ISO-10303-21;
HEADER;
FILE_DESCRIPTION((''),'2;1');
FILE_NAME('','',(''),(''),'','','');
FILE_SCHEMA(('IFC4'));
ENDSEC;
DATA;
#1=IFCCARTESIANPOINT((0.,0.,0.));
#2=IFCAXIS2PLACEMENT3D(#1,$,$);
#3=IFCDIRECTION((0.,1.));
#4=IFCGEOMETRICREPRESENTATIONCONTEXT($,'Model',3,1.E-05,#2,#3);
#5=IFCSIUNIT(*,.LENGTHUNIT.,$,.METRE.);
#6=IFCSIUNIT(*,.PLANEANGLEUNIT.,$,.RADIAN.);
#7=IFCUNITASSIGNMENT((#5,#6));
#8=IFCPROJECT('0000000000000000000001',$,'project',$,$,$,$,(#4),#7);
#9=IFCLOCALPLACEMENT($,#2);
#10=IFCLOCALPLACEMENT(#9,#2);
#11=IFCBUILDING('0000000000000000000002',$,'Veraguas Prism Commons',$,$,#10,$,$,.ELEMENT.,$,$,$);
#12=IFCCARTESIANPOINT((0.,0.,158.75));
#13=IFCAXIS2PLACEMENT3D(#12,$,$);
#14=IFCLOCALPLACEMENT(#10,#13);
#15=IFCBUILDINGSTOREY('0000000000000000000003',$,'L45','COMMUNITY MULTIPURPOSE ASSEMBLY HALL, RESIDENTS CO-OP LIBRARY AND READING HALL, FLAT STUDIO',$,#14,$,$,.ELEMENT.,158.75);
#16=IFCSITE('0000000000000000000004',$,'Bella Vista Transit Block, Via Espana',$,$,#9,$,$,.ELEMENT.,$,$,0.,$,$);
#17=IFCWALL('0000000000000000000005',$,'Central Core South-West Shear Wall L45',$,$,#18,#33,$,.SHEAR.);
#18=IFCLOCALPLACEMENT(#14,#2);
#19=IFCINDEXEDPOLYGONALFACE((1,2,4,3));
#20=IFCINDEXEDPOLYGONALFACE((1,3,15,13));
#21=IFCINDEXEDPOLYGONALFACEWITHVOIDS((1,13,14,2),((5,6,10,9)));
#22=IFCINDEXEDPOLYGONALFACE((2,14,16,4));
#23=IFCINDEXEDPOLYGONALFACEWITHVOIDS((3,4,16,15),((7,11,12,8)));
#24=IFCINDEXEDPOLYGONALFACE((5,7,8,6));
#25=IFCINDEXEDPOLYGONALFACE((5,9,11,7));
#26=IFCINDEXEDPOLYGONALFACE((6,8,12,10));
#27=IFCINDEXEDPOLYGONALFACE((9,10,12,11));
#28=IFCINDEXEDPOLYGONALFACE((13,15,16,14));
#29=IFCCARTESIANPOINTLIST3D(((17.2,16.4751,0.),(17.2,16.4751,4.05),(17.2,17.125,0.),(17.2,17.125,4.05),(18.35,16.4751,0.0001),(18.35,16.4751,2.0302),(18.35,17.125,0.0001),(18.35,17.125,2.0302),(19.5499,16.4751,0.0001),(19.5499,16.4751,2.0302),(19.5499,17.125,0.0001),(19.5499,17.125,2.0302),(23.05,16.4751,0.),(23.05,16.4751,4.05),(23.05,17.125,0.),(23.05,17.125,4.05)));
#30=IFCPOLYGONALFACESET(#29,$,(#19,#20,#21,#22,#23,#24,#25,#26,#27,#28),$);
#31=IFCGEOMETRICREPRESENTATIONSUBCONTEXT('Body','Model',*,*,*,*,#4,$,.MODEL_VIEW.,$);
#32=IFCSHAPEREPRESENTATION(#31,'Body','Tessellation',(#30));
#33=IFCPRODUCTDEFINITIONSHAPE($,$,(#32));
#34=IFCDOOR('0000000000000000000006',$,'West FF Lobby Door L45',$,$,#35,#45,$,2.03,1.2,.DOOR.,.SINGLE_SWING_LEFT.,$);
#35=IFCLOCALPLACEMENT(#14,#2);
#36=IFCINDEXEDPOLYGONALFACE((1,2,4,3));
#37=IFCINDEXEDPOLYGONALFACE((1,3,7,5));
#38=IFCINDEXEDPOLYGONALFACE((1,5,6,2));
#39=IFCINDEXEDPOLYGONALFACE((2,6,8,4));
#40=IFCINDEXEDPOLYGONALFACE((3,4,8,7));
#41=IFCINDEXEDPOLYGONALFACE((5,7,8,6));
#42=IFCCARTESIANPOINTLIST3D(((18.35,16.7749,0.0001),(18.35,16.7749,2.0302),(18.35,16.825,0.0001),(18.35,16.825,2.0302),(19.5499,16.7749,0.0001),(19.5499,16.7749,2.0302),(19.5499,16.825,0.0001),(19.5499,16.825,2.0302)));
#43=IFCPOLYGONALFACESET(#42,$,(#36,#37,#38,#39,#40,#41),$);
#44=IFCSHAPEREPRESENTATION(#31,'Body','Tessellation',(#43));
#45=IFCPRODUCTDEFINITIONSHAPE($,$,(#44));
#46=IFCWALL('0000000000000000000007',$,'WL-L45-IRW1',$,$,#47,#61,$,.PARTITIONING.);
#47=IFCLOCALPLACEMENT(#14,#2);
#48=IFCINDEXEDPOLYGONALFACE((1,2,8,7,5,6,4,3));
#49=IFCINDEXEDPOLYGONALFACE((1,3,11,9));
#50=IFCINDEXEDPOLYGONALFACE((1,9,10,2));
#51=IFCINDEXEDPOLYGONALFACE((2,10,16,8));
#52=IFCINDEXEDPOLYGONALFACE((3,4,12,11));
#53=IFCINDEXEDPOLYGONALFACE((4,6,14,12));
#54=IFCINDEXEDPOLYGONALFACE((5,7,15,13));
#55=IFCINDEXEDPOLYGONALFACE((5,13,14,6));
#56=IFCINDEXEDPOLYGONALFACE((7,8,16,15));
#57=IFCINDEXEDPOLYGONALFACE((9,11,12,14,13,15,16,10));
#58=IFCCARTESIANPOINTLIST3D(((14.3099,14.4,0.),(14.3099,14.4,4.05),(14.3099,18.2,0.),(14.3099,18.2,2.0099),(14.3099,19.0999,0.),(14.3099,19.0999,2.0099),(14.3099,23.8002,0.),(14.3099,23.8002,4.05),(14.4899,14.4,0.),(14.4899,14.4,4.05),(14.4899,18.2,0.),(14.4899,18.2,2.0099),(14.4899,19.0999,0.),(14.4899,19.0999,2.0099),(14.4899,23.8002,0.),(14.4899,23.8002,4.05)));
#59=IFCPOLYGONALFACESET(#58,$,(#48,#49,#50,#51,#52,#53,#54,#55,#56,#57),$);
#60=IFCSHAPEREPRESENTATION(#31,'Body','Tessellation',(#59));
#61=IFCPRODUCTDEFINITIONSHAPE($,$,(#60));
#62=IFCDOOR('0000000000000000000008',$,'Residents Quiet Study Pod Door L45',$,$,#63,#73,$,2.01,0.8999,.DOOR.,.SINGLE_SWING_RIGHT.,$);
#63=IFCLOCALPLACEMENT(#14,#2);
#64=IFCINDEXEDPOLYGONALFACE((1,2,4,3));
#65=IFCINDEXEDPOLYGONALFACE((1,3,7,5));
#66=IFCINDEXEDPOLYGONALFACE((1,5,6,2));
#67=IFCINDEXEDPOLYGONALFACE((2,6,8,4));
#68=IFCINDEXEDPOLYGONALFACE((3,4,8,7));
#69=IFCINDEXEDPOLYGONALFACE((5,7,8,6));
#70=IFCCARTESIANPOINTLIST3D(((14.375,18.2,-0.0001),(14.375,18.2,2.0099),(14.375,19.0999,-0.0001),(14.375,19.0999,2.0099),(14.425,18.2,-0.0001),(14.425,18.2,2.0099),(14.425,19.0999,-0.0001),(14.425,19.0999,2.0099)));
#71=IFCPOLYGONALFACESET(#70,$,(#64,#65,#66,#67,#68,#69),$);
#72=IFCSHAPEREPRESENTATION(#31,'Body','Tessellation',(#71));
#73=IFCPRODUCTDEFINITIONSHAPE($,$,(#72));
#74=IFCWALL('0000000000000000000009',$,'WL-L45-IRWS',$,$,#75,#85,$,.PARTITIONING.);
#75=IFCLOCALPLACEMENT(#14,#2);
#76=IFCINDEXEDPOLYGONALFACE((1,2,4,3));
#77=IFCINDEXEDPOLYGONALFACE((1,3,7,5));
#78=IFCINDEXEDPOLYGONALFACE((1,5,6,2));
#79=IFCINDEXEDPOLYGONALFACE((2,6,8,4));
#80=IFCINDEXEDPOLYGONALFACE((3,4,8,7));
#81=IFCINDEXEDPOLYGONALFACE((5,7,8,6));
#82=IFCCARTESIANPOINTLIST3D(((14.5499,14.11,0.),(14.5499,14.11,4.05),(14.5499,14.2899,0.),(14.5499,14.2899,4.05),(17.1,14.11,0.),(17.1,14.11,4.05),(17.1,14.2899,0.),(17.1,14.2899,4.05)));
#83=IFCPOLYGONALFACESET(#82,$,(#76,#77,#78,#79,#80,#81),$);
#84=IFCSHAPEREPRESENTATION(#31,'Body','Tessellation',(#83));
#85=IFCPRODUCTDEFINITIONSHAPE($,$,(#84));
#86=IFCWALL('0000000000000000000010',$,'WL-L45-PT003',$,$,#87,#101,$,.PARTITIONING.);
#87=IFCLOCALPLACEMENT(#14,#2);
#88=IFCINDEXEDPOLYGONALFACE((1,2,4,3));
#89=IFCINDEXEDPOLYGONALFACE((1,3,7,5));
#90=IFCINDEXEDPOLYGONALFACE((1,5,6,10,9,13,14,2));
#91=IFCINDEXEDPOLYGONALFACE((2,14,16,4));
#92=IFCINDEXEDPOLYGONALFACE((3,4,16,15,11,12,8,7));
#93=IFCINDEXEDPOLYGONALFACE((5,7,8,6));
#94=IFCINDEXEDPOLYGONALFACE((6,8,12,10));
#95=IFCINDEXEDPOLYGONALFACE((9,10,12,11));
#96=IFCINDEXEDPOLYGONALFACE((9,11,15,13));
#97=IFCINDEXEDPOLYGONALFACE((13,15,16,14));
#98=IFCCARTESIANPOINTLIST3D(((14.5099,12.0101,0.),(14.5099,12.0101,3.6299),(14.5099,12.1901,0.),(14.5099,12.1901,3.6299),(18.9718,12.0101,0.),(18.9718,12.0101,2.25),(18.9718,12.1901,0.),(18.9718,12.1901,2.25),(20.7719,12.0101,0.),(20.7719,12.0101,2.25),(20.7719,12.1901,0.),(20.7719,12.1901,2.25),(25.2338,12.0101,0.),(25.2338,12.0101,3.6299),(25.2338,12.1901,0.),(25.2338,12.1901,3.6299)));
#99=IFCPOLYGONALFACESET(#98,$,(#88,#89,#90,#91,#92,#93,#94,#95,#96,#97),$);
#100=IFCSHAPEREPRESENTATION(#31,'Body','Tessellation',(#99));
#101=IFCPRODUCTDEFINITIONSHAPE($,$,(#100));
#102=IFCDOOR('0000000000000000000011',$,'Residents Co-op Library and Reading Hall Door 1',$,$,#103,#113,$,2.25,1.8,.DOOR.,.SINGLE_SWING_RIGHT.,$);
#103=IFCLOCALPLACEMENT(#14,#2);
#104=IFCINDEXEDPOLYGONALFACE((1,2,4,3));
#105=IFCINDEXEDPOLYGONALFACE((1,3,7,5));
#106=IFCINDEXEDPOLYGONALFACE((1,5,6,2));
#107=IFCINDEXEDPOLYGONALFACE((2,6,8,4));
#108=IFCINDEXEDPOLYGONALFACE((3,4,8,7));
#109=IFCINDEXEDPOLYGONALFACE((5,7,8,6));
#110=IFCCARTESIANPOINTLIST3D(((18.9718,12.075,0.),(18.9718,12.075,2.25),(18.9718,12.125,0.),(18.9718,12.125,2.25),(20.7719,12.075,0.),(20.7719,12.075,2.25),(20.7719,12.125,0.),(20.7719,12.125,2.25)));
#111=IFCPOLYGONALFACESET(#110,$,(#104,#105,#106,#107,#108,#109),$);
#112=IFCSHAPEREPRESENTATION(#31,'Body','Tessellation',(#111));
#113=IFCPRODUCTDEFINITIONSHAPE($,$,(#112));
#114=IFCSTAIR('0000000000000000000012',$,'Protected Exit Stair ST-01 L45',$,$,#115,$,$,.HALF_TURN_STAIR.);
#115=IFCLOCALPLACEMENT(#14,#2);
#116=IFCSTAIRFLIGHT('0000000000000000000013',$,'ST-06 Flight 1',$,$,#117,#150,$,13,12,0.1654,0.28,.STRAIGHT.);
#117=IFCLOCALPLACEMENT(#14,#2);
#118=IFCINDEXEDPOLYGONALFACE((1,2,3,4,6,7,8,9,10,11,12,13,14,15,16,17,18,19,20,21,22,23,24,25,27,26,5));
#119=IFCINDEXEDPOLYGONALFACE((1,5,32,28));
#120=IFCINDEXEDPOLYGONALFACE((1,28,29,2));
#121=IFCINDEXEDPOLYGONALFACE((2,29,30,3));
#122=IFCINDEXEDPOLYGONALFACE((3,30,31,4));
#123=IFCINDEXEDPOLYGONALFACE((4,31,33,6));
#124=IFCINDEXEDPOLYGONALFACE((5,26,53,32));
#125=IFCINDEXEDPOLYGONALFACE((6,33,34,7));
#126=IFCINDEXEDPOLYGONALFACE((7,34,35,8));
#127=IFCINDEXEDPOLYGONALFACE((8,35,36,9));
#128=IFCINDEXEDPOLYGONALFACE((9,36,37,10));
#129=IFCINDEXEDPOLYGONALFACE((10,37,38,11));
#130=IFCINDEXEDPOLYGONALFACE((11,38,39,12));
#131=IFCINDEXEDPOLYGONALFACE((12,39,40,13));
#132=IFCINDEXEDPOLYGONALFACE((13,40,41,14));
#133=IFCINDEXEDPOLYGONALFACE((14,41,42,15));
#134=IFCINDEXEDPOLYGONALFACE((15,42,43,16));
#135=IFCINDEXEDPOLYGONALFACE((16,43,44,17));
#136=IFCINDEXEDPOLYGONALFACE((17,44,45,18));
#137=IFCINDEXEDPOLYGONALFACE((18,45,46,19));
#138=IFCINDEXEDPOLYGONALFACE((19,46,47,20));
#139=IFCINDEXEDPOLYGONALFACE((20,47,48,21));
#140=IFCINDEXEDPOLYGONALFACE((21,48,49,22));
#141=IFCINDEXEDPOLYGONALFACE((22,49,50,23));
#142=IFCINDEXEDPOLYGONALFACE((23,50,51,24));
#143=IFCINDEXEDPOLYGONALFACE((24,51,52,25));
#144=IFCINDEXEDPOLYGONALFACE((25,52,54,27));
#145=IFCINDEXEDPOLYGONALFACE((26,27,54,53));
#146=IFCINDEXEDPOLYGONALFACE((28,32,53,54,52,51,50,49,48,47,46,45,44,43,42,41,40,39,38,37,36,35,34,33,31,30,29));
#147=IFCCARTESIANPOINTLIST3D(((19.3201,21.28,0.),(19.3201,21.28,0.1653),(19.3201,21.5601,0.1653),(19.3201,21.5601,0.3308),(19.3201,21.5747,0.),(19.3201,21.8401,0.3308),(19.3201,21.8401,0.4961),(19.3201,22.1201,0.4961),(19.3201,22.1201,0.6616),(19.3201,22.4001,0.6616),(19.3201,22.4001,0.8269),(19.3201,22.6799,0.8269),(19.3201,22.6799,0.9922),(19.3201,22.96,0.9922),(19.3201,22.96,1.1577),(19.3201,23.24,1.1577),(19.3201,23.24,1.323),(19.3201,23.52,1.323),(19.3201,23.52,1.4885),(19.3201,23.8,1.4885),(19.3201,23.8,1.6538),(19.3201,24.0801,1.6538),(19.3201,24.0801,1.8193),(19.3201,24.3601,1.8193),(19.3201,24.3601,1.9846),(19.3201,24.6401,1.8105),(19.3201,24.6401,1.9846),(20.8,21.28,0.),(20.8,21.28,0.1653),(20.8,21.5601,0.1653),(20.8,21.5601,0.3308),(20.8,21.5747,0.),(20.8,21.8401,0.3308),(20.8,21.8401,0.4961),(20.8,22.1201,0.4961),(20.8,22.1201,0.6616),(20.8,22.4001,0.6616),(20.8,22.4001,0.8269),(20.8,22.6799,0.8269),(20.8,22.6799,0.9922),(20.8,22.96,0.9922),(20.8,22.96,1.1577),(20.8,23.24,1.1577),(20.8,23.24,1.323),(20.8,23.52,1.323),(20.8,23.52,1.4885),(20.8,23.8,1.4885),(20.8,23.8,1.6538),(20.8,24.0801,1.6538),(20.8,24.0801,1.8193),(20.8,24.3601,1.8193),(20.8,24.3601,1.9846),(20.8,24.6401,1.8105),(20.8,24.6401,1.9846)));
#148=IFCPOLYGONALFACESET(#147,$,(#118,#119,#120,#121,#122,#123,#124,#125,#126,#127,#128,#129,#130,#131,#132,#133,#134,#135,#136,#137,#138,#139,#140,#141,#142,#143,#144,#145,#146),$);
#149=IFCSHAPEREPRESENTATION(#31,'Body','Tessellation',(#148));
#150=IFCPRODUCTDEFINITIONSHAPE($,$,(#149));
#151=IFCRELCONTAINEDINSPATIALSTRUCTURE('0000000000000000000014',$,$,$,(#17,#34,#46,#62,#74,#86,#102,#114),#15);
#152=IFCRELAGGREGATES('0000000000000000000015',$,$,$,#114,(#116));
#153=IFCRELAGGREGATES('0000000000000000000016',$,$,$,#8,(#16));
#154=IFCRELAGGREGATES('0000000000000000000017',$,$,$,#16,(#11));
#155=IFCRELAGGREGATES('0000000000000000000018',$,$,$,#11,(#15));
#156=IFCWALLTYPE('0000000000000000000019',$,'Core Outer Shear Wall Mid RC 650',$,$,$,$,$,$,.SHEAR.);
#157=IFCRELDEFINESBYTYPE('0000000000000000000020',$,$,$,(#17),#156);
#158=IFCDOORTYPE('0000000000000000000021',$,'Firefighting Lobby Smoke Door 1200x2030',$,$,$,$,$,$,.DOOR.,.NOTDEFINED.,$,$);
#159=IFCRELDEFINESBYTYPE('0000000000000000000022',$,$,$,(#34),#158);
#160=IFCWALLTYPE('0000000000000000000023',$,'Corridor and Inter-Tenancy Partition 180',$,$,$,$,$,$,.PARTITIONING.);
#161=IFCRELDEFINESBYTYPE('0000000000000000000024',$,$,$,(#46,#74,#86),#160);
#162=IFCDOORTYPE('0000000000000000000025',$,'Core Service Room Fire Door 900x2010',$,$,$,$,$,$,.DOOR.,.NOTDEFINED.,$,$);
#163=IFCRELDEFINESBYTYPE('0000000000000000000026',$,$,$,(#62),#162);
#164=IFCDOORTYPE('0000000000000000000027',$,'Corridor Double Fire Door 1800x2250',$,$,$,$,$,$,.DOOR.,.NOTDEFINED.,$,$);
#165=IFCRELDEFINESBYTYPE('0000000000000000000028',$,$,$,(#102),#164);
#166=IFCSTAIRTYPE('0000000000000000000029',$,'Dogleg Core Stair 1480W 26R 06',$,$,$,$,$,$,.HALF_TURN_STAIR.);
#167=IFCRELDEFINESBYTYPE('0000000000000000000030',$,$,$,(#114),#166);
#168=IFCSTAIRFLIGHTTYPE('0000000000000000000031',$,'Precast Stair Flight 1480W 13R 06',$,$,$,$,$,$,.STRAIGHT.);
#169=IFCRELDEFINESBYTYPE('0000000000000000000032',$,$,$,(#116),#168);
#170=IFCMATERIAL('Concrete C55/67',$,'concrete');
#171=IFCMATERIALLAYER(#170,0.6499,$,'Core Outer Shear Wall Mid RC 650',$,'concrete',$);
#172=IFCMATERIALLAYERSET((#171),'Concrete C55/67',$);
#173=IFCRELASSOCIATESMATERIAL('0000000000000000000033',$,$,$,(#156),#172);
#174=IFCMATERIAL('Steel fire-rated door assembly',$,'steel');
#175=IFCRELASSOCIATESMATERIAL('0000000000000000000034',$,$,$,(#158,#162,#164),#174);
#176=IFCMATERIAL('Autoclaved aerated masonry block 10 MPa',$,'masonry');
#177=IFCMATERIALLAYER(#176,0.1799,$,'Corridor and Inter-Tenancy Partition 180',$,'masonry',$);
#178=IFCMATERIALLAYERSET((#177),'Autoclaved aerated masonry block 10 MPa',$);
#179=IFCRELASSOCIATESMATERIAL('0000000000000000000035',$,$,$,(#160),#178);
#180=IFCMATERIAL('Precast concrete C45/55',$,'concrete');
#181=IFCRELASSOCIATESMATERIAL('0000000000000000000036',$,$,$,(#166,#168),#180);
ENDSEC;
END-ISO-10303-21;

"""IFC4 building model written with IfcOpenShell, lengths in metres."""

from ifc_helpers import new_model, si_unit, direction, frame, frame_2d, origin, place, context, subcontext, project, spatial, polyline, rectangle, outline, extrude, source, transform, mapped, material, layer, layer_set, type_object, element, fill, aggregate, save


model = new_model("IFC4")

# Units and contexts
model_context = context("Model", 3, precision=1e-05, world=origin(), true_north=direction((0.0, 1.0)))
body_context = subcontext(model_context, "Body", "Model", "MODEL_VIEW")
ifc_project = project(units=[si_unit("LENGTHUNIT", "METRE"), si_unit("PLANEANGLEUNIT", "RADIAN")], contexts=[model_context])

# Site, building, storey
site_placement = place(None, origin())
site = spatial("IfcSite", under=ifc_project, at=site_placement, Name="Bella Vista Transit Block, Via Espana", CompositionType="ELEMENT", RefElevation=0.0)
building_placement = place(site_placement, origin())
building = spatial("IfcBuilding", under=site, at=building_placement, Name="Veraguas Prism Commons", CompositionType="ELEMENT")
storey_placement = place(building_placement, frame((0.0, 0.0, 158.75)))
storey = spatial("IfcBuildingStorey", under=building, at=storey_placement, Name="L45", Description="COMMUNITY MULTIPURPOSE ASSEMBLY HALL, RESIDENTS CO-OP LIBRARY AND READING HALL, FLAT STUDIO", CompositionType="ELEMENT", Elevation=158.75)

# Shared definitions
ifc_material_1 = material(Name="Steel fire-rated door assembly", Category="steel")

# Shared definitions
ifc_material_2 = material(Name="Concrete C55/67", Category="concrete")
ifc_layer_1 = layer(ifc_material_2, 0.6499, Name="Core Outer Shear Wall Mid RC 650", Category="concrete")
ifc_layer_set_1 = layer_set([ifc_layer_1], Name="Concrete C55/67")
wall_type_1 = type_object("IfcWallType", Name="Core Outer Shear Wall Mid RC 650", PredefinedType="SHEAR", material=ifc_layer_set_1)

# Walls, openings, doors
wall_1_placement = place(storey_placement, frame((17.2, 16.8, 0.0), z_axis=(0.0, 0.0, 1.0), x_axis=(1.0, 0.0, 0.0)))
wall_1 = element("IfcWall", 1, at=wall_1_placement, inside=storey, type_object=wall_type_1, Name="Central Core South-West Shear Wall L45", PredefinedType="SHEAR", context=body_context, shape_type="SweptSolid", body=[
    extrude(rectangle(XDim=5.8501, YDim=0.6499, at=frame_2d((2.925, 0.0))), origin(), (0.0, 0.0, 1.0), 4.05),
])
opening_1_placement = place(wall_1_placement, frame((1.1499, 0.0, 0.0)))
opening_1 = element("IfcOpeningElement", 2, at=opening_1_placement, cuts=wall_1, PredefinedType="OPENING", context=body_context, shape_type="SweptSolid", body=[
    extrude(rectangle(XDim=1.2, YDim=2.03, at=frame_2d((0.6001, 1.0151))), frame((0.0, 0.335, 0.0), z_axis=(0.0, -1.0, 0.0), x_axis=(1.0, 0.0, 0.0)), (0.0, 0.0, 1.0), 0.6699),
])
door_type_1 = type_object("IfcDoorType", Name="Firefighting Lobby Smoke Door 1200x2030", OperationType="NOTDEFINED", PredefinedType="DOOR", material=ifc_material_1)
shared_shape_1 = source(origin(), body_context, "Body", "SweptSolid", [
    extrude(rectangle(XDim=1.2, YDim=2.03, at=frame_2d((0.6001, 1.0151))), frame((0.0, 0.0249, 0.0), z_axis=(0.0, -1.0, 0.0), x_axis=(1.0, 0.0, 0.0)), (0.0, 0.0, 1.0), 0.05),
])
door_1_placement = place(opening_1_placement, origin())
door_1 = element("IfcDoor", 3, at=door_1_placement, inside=storey, type_object=door_type_1, Name="West FF Lobby Door L45", OperationType="SINGLE_SWING_LEFT", OverallHeight=2.03, OverallWidth=1.2, PredefinedType="DOOR", context=body_context, shape_type="MappedRepresentation", body=[
    mapped(shared_shape_1, transform((0.0, 0.0, 0.0), scale=1.0)),
])
fill(opening_1, door_1)
ifc_material_3 = material(Name="Autoclaved aerated masonry block 10 MPa", Category="masonry")
ifc_layer_2 = layer(ifc_material_3, 0.1799, Name="Corridor and Inter-Tenancy Partition 180", Category="masonry")
ifc_layer_set_2 = layer_set([ifc_layer_2], Name="Autoclaved aerated masonry block 10 MPa")
wall_type_2 = type_object("IfcWallType", Name="Corridor and Inter-Tenancy Partition 180", PredefinedType="PARTITIONING", material=ifc_layer_set_2)
wall_2_placement = place(storey_placement, frame((14.3999, 14.3999, 0.0), z_axis=(0.0, 0.0, 1.0), x_axis=(0.0, 1.0, 0.0)))
wall_2 = element("IfcWall", 4, at=wall_2_placement, inside=storey, type_object=wall_type_2, Name="WL-L45-IRW1", PredefinedType="PARTITIONING", context=body_context, shape_type="SweptSolid", body=[
    extrude(rectangle(XDim=9.4001, YDim=0.1799, at=frame_2d((4.7002, 0.0))), origin(), (0.0, 0.0, 1.0), 4.05),
])
opening_2_placement = place(wall_2_placement, frame((3.8, 0.0, 0.0)))
opening_2 = element("IfcOpeningElement", 5, at=opening_2_placement, cuts=wall_2, PredefinedType="OPENING", context=body_context, shape_type="SweptSolid", body=[
    extrude(rectangle(XDim=0.8999, YDim=2.01, at=frame_2d((0.45, 1.0049))), frame((0.0, 0.0999, 0.0), z_axis=(0.0, -1.0, 0.0), x_axis=(1.0, 0.0, 0.0)), (0.0, 0.0, 1.0), 0.2),
])
door_type_2 = type_object("IfcDoorType", Name="Core Service Room Fire Door 900x2010", OperationType="NOTDEFINED", PredefinedType="DOOR", material=ifc_material_1)
shared_shape_2 = source(origin(), body_context, "Body", "SweptSolid", [
    extrude(rectangle(XDim=0.8999, YDim=2.01, at=frame_2d((0.45, 1.0049))), frame((0.0, 0.0249, 0.0), z_axis=(0.0, -1.0, 0.0), x_axis=(1.0, 0.0, 0.0)), (0.0, 0.0, 1.0), 0.05),
])
door_2_placement = place(opening_2_placement, origin())
door_2 = element("IfcDoor", 6, at=door_2_placement, inside=storey, type_object=door_type_2, Name="Residents Quiet Study Pod Door L45", OperationType="SINGLE_SWING_RIGHT", OverallHeight=2.01, OverallWidth=0.8999, PredefinedType="DOOR", context=body_context, shape_type="MappedRepresentation", body=[
    mapped(shared_shape_2, transform((0.0, 0.0, 0.0), scale=1.0)),
])
fill(opening_2, door_2)

# Wall
wall_3_placement = place(storey_placement, frame((14.55, 14.2, 0.0), z_axis=(0.0, 0.0, 1.0), x_axis=(1.0, 0.0, 0.0)))
element("IfcWall", 7, at=wall_3_placement, inside=storey, type_object=wall_type_2, Name="WL-L45-IRWS", PredefinedType="PARTITIONING", context=body_context, shape_type="SweptSolid", body=[
    extrude(rectangle(XDim=2.55, YDim=0.1799, at=frame_2d((1.2749, 0.0))), origin(), (0.0, 0.0, 1.0), 4.05),
])

# Wall, opening, door
wall_4_placement = place(storey_placement, frame((14.51, 12.1001, 0.0), z_axis=(0.0, 0.0, 1.0), x_axis=(1.0, 0.0, 0.0)))
wall_4 = element("IfcWall", 8, at=wall_4_placement, inside=storey, type_object=wall_type_2, Name="WL-L45-PT003", PredefinedType="PARTITIONING", context=body_context, shape_type="SweptSolid", body=[
    extrude(rectangle(XDim=10.7239, YDim=0.1799, at=frame_2d((5.3618, 0.0))), origin(), (0.0, 0.0, 1.0), 3.6299),
])
opening_3_placement = place(wall_4_placement, frame((4.4619, 0.0, 0.0)))
opening_3 = element("IfcOpeningElement", 9, at=opening_3_placement, cuts=wall_4, PredefinedType="OPENING", context=body_context, shape_type="SweptSolid", body=[
    extrude(rectangle(XDim=1.8, YDim=2.25, at=frame_2d((0.8999, 1.125))), frame((0.0, 0.0999, 0.0), z_axis=(0.0, -1.0, 0.0), x_axis=(1.0, 0.0, 0.0)), (0.0, 0.0, 1.0), 0.2),
])
door_type_3 = type_object("IfcDoorType", Name="Corridor Double Fire Door 1800x2250", OperationType="NOTDEFINED", PredefinedType="DOOR", material=ifc_material_1)
shared_shape_3 = source(origin(), body_context, "Body", "SweptSolid", [
    extrude(rectangle(XDim=1.8, YDim=2.25, at=frame_2d((0.8999, 1.125))), frame((0.0, 0.0249, 0.0), z_axis=(0.0, -1.0, 0.0), x_axis=(1.0, 0.0, 0.0)), (0.0, 0.0, 1.0), 0.05),
])
door_3_placement = place(opening_3_placement, origin())
door_3 = element("IfcDoor", 10, at=door_3_placement, inside=storey, type_object=door_type_3, Name="Residents Co-op Library and Reading Hall Door 1", OperationType="SINGLE_SWING_RIGHT", OverallHeight=2.25, OverallWidth=1.8, PredefinedType="DOOR", context=body_context, shape_type="MappedRepresentation", body=[
    mapped(shared_shape_3, transform((0.0, 0.0, 0.0), scale=1.0)),
])
fill(opening_3, door_3)

# Stair, stair flight
ifc_material_4 = material(Name="Precast concrete C45/55", Category="concrete")
stair_type = type_object("IfcStairType", Name="Dogleg Core Stair 1480W 26R 06", PredefinedType="HALF_TURN_STAIR", material=ifc_material_4)
stair_placement = place(storey_placement, origin())
stair = element("IfcStair", 11, at=stair_placement, inside=storey, type_object=stair_type, Name="Protected Exit Stair ST-01 L45", PredefinedType="HALF_TURN_STAIR")
stair_flight_type = type_object("IfcStairFlightType", Name="Precast Stair Flight 1480W 13R 06", PredefinedType="STRAIGHT", material=ifc_material_4)
stair_flight_placement = place(storey_placement, frame((20.0601, 21.28, 0.0), z_axis=(0.0, 0.0, 1.0), x_axis=(0.0, 1.0, 0.0)))
stair_flight = element("IfcStairFlight", 12, at=stair_flight_placement, type_object=stair_flight_type, Name="ST-06 Flight 1", NumberOfRisers=13, NumberOfTreads=12, PredefinedType="STRAIGHT", RiserHeight=0.1654, TreadLength=0.28, context=body_context, shape_type="SweptSolid", body=[
    extrude(outline(polyline([(0.0, 0.0), (0.0, 0.1653), (0.28, 0.1653), (0.28, 0.3308), (0.5601, 0.3308), (0.5601, 0.4961), (0.8401, 0.4961), (0.8401, 0.6616), (1.1201, 0.6616), (1.1201, 0.8269), (1.3999, 0.8269), (1.3999, 0.9922), (1.6799, 0.9922), (1.6799, 1.1577), (1.96, 1.1577), (1.96, 1.323), (2.24, 1.323), (2.24, 1.4885), (2.52, 1.4885), (2.52, 1.6538), (2.8, 1.6538), (2.8, 1.8193), (3.0801, 1.8193), (3.0801, 1.9846), (3.3601, 1.9846), (3.3601, 2.1499), (3.3601, 1.8105), (0.2947, 0.0), (0.0, 0.0)])), frame((0.0, 0.74, 0.0), z_axis=(0.0, -1.0, 0.0), x_axis=(1.0, 0.0, 0.0)), (0.0, 0.0, 1.0), 1.48),
])
aggregate(stair, [stair_flight])

save(model, "model.ifc")
